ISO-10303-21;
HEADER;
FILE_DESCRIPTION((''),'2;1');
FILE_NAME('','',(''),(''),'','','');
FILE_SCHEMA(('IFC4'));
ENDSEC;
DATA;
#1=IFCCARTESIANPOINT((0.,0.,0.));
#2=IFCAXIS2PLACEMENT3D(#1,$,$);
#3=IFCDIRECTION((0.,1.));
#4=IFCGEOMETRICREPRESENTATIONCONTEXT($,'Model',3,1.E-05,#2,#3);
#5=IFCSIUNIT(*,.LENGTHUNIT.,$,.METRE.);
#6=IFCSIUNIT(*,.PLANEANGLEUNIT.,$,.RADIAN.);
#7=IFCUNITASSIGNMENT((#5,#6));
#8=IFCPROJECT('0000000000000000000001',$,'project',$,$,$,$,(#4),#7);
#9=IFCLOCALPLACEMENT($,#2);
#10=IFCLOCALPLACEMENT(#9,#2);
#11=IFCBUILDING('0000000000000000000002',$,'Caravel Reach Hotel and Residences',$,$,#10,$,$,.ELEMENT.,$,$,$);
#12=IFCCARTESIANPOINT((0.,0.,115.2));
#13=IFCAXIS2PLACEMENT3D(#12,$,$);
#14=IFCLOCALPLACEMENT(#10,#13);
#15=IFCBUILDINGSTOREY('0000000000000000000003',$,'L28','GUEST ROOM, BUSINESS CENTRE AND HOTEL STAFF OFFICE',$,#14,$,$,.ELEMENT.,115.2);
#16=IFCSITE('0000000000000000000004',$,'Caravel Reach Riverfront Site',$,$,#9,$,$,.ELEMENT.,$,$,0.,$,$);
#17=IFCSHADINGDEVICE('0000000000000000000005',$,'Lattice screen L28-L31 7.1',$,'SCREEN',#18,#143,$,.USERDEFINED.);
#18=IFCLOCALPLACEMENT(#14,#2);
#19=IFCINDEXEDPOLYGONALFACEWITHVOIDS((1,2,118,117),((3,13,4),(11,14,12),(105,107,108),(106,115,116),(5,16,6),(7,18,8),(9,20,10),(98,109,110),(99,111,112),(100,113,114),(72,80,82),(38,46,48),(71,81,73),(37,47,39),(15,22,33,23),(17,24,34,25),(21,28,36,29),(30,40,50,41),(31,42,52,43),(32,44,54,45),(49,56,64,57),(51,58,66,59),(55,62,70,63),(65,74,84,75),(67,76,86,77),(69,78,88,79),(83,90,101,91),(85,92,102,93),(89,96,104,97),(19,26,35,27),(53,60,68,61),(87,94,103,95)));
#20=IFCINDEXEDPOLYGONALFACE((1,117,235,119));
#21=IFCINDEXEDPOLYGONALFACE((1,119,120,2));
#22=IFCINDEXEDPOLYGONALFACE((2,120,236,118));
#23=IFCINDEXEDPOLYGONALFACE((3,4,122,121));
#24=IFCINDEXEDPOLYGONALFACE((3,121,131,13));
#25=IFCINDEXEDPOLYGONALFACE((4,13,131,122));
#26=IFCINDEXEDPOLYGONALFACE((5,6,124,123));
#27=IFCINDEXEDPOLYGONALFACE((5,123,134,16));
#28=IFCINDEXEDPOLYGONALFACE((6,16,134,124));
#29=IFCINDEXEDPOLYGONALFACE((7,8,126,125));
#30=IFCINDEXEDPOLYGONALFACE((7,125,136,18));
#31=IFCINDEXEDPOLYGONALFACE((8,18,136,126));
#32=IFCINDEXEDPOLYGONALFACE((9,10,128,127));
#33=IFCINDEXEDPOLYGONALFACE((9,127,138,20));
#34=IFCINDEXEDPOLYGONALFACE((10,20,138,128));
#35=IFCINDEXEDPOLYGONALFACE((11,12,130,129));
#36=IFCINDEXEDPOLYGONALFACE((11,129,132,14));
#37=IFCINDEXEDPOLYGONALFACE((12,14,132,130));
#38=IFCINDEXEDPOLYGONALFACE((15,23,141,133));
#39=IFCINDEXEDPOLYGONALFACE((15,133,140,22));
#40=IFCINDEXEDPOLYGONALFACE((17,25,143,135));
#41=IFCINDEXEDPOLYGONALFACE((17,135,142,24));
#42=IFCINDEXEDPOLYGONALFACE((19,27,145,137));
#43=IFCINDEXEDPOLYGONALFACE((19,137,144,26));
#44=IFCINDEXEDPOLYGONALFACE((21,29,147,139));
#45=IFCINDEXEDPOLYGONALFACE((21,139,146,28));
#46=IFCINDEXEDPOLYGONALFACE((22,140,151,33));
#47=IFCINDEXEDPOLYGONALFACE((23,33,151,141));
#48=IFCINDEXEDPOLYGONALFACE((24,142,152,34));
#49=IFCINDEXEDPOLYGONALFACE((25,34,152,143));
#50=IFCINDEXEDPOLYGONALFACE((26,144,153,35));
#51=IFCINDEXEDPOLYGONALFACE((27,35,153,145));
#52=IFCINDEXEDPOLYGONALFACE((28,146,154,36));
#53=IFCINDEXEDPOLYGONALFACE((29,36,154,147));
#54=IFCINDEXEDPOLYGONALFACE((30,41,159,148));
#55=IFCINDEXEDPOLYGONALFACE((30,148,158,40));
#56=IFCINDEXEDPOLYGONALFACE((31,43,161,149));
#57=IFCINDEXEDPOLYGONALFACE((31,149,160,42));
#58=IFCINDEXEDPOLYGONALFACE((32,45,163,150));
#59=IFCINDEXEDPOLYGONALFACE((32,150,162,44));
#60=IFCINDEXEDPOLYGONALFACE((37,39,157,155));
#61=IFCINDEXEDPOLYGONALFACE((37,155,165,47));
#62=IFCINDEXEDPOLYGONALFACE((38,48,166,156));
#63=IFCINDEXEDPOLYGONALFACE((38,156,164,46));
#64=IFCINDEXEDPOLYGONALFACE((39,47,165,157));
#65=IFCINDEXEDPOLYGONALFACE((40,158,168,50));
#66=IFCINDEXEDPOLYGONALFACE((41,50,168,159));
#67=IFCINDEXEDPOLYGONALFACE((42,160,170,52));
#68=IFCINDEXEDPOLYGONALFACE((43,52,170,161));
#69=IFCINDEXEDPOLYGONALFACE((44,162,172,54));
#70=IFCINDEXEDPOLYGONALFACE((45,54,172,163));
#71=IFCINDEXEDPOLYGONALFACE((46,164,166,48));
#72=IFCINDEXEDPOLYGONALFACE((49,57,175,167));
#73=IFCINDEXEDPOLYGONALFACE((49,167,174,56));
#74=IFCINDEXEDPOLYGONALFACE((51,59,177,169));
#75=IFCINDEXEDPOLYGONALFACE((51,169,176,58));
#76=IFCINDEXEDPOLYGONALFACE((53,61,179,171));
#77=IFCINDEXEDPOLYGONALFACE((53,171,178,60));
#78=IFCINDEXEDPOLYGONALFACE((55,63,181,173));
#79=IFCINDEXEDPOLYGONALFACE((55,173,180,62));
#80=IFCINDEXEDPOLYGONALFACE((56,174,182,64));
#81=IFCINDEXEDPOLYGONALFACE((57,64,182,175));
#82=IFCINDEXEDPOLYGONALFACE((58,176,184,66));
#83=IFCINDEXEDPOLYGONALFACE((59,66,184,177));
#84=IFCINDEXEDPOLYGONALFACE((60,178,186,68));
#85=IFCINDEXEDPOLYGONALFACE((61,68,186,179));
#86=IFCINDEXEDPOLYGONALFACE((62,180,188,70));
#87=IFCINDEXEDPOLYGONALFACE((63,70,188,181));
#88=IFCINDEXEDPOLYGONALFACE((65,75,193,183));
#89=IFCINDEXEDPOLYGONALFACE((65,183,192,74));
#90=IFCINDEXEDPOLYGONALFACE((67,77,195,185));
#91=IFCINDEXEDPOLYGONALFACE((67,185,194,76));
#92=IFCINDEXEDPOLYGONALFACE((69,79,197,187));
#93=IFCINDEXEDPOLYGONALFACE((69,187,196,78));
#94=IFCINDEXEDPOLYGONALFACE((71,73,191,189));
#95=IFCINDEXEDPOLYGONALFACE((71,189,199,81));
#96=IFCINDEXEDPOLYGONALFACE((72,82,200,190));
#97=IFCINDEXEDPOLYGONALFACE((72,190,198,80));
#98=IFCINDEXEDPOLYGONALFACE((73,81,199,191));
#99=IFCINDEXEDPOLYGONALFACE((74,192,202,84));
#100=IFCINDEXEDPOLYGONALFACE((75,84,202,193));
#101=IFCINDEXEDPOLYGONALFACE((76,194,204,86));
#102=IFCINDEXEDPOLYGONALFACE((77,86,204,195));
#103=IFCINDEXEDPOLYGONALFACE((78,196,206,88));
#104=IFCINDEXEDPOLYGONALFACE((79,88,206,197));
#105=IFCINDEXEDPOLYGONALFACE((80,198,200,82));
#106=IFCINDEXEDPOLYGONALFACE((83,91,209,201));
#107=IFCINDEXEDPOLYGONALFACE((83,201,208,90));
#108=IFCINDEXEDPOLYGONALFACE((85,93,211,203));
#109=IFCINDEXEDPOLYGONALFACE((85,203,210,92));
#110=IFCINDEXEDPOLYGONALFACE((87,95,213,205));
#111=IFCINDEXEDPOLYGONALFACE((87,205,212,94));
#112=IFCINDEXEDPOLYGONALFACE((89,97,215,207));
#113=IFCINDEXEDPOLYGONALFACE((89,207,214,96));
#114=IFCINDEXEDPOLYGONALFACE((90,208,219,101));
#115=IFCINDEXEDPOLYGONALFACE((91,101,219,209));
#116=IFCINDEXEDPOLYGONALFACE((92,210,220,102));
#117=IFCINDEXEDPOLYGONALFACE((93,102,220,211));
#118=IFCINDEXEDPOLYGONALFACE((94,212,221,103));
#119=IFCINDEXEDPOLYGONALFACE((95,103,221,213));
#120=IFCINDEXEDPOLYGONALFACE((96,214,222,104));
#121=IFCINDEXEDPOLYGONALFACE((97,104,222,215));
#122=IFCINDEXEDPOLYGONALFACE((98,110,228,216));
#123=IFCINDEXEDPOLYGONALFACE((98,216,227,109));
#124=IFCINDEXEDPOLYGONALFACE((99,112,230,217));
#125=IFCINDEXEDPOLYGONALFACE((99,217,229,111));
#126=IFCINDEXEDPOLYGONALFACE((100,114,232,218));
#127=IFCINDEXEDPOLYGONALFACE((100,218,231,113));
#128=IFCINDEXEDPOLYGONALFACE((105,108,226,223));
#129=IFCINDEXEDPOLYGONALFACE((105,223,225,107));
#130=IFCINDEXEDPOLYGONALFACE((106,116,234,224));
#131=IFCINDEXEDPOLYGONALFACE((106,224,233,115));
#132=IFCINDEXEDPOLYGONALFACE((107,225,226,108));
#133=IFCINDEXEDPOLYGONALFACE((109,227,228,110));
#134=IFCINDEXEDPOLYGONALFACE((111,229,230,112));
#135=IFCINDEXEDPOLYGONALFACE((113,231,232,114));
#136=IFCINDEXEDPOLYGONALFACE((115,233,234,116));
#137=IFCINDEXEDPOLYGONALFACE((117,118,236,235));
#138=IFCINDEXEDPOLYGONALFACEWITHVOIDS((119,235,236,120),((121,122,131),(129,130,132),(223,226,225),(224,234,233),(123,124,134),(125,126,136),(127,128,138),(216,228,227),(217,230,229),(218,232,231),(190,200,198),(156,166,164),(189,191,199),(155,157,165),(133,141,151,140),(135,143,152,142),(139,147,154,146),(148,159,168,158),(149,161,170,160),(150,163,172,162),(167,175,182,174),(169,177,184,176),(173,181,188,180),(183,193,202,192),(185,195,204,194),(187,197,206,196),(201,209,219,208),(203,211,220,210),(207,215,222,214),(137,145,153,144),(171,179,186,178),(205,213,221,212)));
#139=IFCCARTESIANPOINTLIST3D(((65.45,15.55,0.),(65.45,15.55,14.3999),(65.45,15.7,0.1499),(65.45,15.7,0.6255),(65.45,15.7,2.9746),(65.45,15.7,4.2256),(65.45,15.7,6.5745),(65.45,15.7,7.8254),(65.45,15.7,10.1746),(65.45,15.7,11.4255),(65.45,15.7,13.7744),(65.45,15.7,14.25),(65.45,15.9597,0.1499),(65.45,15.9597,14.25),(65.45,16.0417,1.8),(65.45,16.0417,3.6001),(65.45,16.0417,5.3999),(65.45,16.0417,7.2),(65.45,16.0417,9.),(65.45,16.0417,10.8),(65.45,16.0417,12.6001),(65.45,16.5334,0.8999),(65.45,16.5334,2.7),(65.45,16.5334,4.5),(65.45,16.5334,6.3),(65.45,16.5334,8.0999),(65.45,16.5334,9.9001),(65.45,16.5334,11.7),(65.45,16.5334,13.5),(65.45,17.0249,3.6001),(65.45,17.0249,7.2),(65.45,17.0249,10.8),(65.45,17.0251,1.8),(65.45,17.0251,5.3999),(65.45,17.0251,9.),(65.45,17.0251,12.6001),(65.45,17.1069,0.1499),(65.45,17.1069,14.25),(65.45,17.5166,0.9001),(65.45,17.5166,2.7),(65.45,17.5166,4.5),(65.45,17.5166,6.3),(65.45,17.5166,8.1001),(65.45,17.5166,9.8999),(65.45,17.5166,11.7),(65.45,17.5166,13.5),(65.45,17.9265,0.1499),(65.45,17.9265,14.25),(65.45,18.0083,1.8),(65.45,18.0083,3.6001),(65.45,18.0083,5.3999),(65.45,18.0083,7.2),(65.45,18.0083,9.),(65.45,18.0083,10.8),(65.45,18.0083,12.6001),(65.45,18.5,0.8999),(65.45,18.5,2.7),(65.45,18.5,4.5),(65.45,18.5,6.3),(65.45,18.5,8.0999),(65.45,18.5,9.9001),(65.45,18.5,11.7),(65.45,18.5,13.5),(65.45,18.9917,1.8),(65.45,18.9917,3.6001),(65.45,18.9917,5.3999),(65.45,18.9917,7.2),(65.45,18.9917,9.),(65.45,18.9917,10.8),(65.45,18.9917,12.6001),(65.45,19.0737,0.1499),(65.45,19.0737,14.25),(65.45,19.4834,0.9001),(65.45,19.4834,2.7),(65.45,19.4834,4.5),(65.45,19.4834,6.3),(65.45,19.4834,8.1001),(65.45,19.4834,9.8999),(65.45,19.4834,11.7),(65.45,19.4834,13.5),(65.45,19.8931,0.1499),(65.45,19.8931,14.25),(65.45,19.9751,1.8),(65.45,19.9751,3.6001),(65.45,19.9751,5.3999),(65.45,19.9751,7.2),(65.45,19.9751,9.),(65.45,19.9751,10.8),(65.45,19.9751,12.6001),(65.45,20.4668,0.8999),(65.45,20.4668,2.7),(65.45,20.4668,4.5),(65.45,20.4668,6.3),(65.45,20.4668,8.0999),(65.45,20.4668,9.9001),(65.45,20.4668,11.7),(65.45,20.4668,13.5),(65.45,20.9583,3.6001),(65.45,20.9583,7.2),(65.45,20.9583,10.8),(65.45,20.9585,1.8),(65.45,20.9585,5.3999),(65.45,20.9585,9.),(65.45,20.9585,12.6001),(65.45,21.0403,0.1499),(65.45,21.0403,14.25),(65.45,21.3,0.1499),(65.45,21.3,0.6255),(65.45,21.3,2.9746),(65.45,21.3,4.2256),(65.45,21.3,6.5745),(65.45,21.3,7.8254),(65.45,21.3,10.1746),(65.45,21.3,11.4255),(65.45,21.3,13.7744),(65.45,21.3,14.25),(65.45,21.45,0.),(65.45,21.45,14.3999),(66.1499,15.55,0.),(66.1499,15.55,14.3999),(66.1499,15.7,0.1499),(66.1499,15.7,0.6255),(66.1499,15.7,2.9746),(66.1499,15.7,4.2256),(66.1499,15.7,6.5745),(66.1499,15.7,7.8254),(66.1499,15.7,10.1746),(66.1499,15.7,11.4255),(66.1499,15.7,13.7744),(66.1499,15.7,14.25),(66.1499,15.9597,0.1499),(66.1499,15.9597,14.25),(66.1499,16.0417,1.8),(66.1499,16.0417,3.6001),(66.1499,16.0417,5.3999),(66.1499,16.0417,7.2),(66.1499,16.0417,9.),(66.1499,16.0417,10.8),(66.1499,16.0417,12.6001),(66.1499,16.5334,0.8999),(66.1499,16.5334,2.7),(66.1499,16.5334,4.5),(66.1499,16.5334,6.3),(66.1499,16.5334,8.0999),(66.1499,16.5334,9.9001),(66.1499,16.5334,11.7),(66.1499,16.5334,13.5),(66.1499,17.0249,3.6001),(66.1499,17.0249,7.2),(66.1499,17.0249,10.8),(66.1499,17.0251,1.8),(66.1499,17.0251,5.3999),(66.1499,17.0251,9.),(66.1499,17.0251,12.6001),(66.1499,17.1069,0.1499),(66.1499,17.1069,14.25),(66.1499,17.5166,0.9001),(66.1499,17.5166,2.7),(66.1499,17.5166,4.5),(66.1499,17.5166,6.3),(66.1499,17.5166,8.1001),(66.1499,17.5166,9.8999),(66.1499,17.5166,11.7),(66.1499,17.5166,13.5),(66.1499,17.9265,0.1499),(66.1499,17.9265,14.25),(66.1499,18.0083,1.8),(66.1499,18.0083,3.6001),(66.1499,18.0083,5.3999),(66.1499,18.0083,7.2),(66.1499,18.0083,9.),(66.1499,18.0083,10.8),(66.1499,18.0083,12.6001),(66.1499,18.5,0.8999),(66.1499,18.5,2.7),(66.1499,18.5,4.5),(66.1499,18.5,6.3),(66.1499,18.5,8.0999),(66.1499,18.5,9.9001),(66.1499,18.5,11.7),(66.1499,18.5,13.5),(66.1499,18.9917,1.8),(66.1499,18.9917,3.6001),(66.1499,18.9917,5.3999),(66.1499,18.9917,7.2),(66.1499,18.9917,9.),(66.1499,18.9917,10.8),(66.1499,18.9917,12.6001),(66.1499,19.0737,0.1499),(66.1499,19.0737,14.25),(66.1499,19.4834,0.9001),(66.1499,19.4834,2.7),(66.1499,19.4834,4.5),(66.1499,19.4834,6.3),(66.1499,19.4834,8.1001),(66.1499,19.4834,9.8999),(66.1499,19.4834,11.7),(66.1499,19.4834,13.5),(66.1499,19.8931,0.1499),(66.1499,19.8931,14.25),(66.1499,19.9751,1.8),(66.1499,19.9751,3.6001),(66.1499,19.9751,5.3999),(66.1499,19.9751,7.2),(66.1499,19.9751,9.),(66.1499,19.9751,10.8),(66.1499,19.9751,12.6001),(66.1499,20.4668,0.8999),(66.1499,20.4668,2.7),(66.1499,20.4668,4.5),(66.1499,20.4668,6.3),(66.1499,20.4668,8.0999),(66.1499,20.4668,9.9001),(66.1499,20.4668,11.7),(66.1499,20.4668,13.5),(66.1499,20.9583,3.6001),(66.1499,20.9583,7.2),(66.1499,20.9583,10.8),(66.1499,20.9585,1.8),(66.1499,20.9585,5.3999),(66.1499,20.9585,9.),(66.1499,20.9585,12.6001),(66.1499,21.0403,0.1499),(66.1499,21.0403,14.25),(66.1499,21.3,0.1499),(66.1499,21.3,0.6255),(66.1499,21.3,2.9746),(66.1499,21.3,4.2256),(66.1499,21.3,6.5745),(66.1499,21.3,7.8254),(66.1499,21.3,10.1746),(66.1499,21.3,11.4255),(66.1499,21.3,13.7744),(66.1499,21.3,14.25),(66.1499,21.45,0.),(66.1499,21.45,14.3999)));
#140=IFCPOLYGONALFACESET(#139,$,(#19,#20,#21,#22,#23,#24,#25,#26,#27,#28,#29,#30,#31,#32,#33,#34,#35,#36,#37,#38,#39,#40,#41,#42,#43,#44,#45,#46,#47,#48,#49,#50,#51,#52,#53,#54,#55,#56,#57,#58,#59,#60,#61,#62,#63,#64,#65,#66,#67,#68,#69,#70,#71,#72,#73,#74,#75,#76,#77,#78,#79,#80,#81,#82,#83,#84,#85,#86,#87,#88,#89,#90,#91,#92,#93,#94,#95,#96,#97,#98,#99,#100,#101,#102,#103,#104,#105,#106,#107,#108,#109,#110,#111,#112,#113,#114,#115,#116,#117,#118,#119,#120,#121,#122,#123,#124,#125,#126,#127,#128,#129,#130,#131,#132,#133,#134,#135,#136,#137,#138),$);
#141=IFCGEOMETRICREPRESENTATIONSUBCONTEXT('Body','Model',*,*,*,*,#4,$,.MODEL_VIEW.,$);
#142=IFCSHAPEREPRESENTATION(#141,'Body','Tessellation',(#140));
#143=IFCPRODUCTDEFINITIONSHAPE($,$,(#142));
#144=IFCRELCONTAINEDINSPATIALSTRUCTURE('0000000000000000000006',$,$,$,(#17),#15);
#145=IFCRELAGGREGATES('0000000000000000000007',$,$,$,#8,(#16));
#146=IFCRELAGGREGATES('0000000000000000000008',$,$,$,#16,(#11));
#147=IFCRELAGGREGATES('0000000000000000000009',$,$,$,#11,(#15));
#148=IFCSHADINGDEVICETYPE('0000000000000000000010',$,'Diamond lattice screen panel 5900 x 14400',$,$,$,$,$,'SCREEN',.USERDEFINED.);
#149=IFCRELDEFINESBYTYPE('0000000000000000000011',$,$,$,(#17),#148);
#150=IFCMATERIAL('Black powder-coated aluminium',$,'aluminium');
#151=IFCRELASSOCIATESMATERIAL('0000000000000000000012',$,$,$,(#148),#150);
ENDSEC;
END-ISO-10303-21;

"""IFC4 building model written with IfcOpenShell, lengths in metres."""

from ifc_helpers import new_model, si_unit, direction, frame, origin, place, context, subcontext, project, spatial, polyline, outline, extrude, material, type_object, element, save


model = new_model("IFC4")

# Units and contexts
model_context = context("Model", 3, precision=1e-05, world=origin(), true_north=direction((0.0, 1.0)))
body_context = subcontext(model_context, "Body", "Model", "MODEL_VIEW")
ifc_project = project(units=[si_unit("LENGTHUNIT", "METRE"), si_unit("PLANEANGLEUNIT", "RADIAN")], contexts=[model_context])

# Site, building, storey
site_placement = place(None, origin())
site = spatial("IfcSite", under=ifc_project, at=site_placement, Name="Caravel Reach Riverfront Site", CompositionType="ELEMENT", RefElevation=0.0)
building_placement = place(site_placement, origin())
building = spatial("IfcBuilding", under=site, at=building_placement, Name="Caravel Reach Hotel and Residences", CompositionType="ELEMENT")
storey_placement = place(building_placement, frame((0.0, 0.0, 115.2)))
storey = spatial("IfcBuildingStorey", under=building, at=storey_placement, Name="L28", Description="GUEST ROOM, BUSINESS CENTRE AND HOTEL STAFF OFFICE", CompositionType="ELEMENT", Elevation=115.2)

# Shading device
ifc_material_1 = material(Name="Black powder-coated aluminium", Category="aluminium")
shading_device_type_1 = type_object("IfcShadingDeviceType", Name="Diamond lattice screen panel 5900 x 14400", ElementType="SCREEN", PredefinedType="USERDEFINED", material=ifc_material_1)
shading_device_1_placement = place(storey_placement, frame((65.45, 15.55, 0.0), z_axis=(1.0, 0.0, 0.0), x_axis=(0.0, 1.0, 0.0)))
element("IfcShadingDevice", 1, at=shading_device_1_placement, inside=storey, type_object=shading_device_type_1, Name="Lattice screen L28-L31 7.1", ObjectType="SCREEN", PredefinedType="USERDEFINED", context=body_context, shape_type="SweptSolid", body=[
    extrude(outline(polyline([(0.0, 0.0), (5.8999, 0.0), (5.8999, 14.3999), (0.0, 14.3999), (0.0, 0.0)]), holes=[polyline([(0.4097, 0.1499), (0.1499, 0.6255), (0.1499, 0.1499), (0.4097, 0.1499)]), polyline([(0.4917, 3.6001), (0.1499, 4.2256), (0.1499, 2.9746), (0.4917, 3.6001)]), polyline([(0.4917, 7.2), (0.1499, 7.8254), (0.1499, 6.5745), (0.4917, 7.2)]), polyline([(0.4917, 10.8), (0.1499, 11.4255), (0.1499, 10.1746), (0.4917, 10.8)]), polyline([(0.1499, 13.7744), (0.4097, 14.25), (0.1499, 14.25), (0.1499, 13.7744)]), polyline([(0.9834, 2.7), (0.4917, 1.8), (0.9834, 0.8999), (1.4751, 1.8), (0.9834, 2.7)]), polyline([(0.9834, 6.3), (0.4917, 5.3999), (0.9834, 4.5), (1.4751, 5.3999), (0.9834, 6.3)]), polyline([(0.9834, 9.9001), (0.4917, 9.0), (0.9834, 8.0999), (1.4751, 9.0), (0.9834, 9.9001)]), polyline([(0.9834, 13.5), (0.4917, 12.6001), (0.9834, 11.7), (1.4751, 12.6001), (0.9834, 13.5)]), polyline([(1.9666, 0.9001), (1.5569, 0.1499), (2.3765, 0.1499), (1.9666, 0.9001)]), polyline([(1.9666, 4.5), (1.4749, 3.6001), (1.9666, 2.7), (2.4583, 3.6001), (1.9666, 4.5)]), polyline([(1.9666, 8.1001), (1.4749, 7.2), (1.9666, 6.3), (2.4583, 7.2), (1.9666, 8.1001)]), polyline([(1.9666, 11.7), (1.4749, 10.8), (1.9666, 9.8999), (2.4583, 10.8), (1.9666, 11.7)]), polyline([(1.9666, 13.5), (2.3765, 14.25), (1.5569, 14.25), (1.9666, 13.5)]), polyline([(2.95, 2.7), (2.4583, 1.8), (2.95, 0.8999), (3.4417, 1.8), (2.95, 2.7)]), polyline([(2.95, 6.3), (2.4583, 5.3999), (2.95, 4.5), (3.4417, 5.3999), (2.95, 6.3)]), polyline([(2.95, 9.9001), (2.4583, 9.0), (2.95, 8.0999), (3.4417, 9.0), (2.95, 9.9001)]), polyline([(2.95, 13.5), (2.4583, 12.6001), (2.95, 11.7), (3.4417, 12.6001), (2.95, 13.5)]), polyline([(3.9333, 0.9001), (3.5237, 0.1499), (4.343, 0.1499), (3.9333, 0.9001)]), polyline([(3.9333, 4.5), (3.4417, 3.6001), (3.9333, 2.7), (4.425, 3.6001), (3.9333, 4.5)]), polyline([(3.9333, 8.1001), (3.4417, 7.2), (3.9333, 6.3), (4.425, 7.2), (3.9333, 8.1001)]), polyline([(3.9333, 11.7), (3.4417, 10.8), (3.9333, 9.8999), (4.425, 10.8), (3.9333, 11.7)]), polyline([(3.9333, 13.5), (4.343, 14.25), (3.5237, 14.25), (3.9333, 13.5)]), polyline([(4.9167, 2.7), (4.425, 1.8), (4.9167, 0.8999), (5.4084, 1.8), (4.9167, 2.7)]), polyline([(4.9167, 6.3), (4.425, 5.3999), (4.9167, 4.5), (5.4084, 5.3999), (4.9167, 6.3)]), polyline([(4.9167, 9.9001), (4.425, 9.0), (4.9167, 8.0999), (5.4084, 9.0), (4.9167, 9.9001)]), polyline([(4.9167, 13.5), (4.425, 12.6001), (4.9167, 11.7), (5.4084, 12.6001), (4.9167, 13.5)]), polyline([(5.75, 0.6255), (5.4902, 0.1499), (5.75, 0.1499), (5.75, 0.6255)]), polyline([(5.4082, 3.6001), (5.75, 2.9746), (5.75, 4.2256), (5.4082, 3.6001)]), polyline([(5.4082, 7.2), (5.75, 6.5745), (5.75, 7.8254), (5.4082, 7.2)]), polyline([(5.4082, 10.8), (5.75, 10.1746), (5.75, 11.4255), (5.4082, 10.8)]), polyline([(5.4902, 14.25), (5.75, 13.7744), (5.75, 14.25), (5.4902, 14.25)])]), origin(), (0.0, 0.0, 1.0), 0.7),
])

save(model, "model.ifc")
